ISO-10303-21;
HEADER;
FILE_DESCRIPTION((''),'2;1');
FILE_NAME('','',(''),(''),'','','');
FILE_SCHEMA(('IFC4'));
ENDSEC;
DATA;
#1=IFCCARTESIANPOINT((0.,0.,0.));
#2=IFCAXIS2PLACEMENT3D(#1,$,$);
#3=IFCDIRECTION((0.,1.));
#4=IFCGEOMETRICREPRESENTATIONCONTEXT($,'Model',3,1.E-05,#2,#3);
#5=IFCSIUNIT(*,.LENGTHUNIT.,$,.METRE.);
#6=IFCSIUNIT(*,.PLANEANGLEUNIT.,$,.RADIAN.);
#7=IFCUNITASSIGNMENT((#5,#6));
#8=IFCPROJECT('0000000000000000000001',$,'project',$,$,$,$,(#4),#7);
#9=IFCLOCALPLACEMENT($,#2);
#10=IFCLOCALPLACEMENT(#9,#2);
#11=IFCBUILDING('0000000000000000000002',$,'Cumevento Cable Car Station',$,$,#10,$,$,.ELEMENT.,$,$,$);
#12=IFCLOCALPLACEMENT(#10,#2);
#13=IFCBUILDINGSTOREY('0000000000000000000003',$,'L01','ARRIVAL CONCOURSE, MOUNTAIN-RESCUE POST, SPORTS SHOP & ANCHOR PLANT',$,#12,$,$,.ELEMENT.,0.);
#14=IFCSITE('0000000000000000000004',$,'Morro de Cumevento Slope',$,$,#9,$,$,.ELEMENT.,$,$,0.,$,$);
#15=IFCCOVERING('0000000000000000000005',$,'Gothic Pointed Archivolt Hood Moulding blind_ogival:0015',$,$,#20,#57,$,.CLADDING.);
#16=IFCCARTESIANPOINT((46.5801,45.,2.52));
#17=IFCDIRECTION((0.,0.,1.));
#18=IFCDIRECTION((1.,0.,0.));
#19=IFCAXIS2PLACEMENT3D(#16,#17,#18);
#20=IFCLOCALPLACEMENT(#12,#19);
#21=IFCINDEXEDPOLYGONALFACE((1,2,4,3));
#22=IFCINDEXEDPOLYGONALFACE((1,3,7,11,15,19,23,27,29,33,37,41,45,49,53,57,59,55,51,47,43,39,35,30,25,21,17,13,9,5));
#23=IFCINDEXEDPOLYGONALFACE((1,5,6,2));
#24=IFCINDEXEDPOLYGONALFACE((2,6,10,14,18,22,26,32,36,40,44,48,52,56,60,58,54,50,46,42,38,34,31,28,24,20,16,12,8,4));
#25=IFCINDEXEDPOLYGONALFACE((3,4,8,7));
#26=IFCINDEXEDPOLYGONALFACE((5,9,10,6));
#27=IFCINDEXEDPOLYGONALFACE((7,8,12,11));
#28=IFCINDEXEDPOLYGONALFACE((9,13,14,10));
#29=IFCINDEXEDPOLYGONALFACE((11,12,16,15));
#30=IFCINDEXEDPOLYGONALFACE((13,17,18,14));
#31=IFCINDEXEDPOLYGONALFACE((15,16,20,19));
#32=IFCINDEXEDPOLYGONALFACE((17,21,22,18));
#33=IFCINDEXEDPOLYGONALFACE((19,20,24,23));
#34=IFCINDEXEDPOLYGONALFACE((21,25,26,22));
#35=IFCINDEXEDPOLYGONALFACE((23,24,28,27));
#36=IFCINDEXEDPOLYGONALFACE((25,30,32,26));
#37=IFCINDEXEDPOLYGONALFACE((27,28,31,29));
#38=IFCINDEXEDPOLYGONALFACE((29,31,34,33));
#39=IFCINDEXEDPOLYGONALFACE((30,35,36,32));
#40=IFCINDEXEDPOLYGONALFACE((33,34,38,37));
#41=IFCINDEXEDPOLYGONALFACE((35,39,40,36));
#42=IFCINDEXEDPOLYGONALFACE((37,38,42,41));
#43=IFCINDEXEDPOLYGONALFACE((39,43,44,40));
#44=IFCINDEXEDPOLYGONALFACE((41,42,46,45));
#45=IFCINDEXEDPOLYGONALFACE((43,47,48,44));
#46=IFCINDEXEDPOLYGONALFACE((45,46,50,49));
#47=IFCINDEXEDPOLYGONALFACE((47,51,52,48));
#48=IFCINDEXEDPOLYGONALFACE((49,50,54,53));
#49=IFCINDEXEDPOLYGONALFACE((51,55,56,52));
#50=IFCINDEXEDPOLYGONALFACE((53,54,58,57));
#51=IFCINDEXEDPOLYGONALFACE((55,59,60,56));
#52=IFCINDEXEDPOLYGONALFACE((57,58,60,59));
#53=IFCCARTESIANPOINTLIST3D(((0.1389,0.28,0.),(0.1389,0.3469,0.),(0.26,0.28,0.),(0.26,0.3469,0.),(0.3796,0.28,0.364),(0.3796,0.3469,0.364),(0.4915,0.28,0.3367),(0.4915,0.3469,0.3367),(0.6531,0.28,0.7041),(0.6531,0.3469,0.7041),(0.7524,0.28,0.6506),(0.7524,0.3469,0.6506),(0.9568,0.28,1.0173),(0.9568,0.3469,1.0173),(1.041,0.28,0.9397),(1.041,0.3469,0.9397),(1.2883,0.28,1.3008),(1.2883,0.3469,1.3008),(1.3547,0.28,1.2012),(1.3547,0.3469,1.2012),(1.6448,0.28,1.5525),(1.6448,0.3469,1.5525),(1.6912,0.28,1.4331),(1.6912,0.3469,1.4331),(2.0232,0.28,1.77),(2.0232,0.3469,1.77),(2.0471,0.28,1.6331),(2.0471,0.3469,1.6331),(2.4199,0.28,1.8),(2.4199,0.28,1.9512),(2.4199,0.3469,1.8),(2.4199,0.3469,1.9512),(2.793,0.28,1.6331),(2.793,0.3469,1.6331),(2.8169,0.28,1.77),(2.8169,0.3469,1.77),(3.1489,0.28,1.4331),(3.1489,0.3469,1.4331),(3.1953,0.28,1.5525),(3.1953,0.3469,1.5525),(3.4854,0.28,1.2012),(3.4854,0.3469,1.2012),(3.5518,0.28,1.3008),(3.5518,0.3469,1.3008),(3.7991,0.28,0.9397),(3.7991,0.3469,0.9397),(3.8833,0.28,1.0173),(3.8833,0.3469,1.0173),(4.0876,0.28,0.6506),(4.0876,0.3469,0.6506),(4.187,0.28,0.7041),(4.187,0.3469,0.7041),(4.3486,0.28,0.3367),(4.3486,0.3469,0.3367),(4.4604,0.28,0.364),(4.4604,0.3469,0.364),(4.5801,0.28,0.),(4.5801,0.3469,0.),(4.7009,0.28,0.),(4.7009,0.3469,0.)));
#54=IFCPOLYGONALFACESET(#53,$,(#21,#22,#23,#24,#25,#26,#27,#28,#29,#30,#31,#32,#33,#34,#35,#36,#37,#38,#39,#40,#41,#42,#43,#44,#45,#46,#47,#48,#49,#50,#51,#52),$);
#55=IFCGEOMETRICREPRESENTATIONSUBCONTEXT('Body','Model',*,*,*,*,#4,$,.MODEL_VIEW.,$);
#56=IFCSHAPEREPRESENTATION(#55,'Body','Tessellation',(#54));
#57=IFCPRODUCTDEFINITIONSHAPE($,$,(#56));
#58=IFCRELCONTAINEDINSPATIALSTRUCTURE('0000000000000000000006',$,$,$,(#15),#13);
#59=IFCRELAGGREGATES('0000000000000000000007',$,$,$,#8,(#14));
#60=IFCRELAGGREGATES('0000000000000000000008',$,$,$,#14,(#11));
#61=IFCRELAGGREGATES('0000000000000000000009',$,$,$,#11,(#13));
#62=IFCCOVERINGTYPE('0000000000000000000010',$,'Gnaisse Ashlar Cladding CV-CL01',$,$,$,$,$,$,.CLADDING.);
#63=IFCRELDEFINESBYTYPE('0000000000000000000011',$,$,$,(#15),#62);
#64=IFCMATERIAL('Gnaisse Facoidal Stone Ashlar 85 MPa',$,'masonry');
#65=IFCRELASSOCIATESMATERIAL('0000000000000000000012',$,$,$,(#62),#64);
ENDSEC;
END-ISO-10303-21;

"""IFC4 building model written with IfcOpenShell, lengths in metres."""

from ifc_helpers import new_model, si_unit, direction, frame, origin, place, context, subcontext, project, spatial, polyline, outline, extrude, material, type_object, element, save


model = new_model("IFC4")

# Units and contexts
model_context = context("Model", 3, precision=1e-05, world=origin(), true_north=direction((0.0, 1.0)))
body_context = subcontext(model_context, "Body", "Model", "MODEL_VIEW")
ifc_project = project(units=[si_unit("LENGTHUNIT", "METRE"), si_unit("PLANEANGLEUNIT", "RADIAN")], contexts=[model_context])

# Site, building, storey
site_placement = place(None, origin())
site = spatial("IfcSite", under=ifc_project, at=site_placement, Name="Morro de Cumevento Slope", CompositionType="ELEMENT", RefElevation=0.0)
building_placement = place(site_placement, origin())
building = spatial("IfcBuilding", under=site, at=building_placement, Name="Cumevento Cable Car Station", CompositionType="ELEMENT")
storey_placement = place(building_placement, origin())
storey = spatial("IfcBuildingStorey", under=building, at=storey_placement, Name="L01", Description="ARRIVAL CONCOURSE, MOUNTAIN-RESCUE POST, SPORTS SHOP & ANCHOR PLANT", CompositionType="ELEMENT", Elevation=0.0)

# Covering
ifc_material_1 = material(Name="Gnaisse Facoidal Stone Ashlar 85 MPa", Category="masonry")
covering_type = type_object("IfcCoveringType", Name="Gnaisse Ashlar Cladding CV-CL01", PredefinedType="CLADDING", material=ifc_material_1)
covering_1_placement = place(storey_placement, frame((46.5801, 45.0, 2.52), z_axis=(0.0, 0.0, 1.0), x_axis=(1.0, 0.0, 0.0)))
element("IfcCovering", 1, at=covering_1_placement, inside=storey, type_object=covering_type, Name="Gothic Pointed Archivolt Hood Moulding blind_ogival:0015", PredefinedType="CLADDING", context=body_context, shape_type="SweptSolid", body=[
    extrude(outline(polyline([(0.26, 0.0), (0.4915, 0.3367), (0.7524, 0.6506), (1.041, 0.9397), (1.3547, 1.2012), (1.6912, 1.4331), (2.0471, 1.6331), (2.4199, 1.8), (2.793, 1.6331), (3.1489, 1.4331), (3.4854, 1.2012), (3.7991, 0.9397), (4.0876, 0.6506), (4.3486, 0.3367), (4.5801, 0.0), (4.7009, 0.0), (4.4604, 0.364), (4.187, 0.7041), (3.8833, 1.0173), (3.5518, 1.3008), (3.1953, 1.5525), (2.8169, 1.77), (2.4199, 1.9512), (2.0232, 1.77), (1.6448, 1.5525), (1.2883, 1.3008), (0.9568, 1.0173), (0.6531, 0.7041), (0.3796, 0.364), (0.1389, 0.0), (0.26, 0.0)])), frame((0.0, 0.3469, 0.0), z_axis=(0.0, -1.0, 0.0), x_axis=(1.0, 0.0, 0.0)), (0.0, 0.0, 1.0), 0.0669),
])

save(model, "model.ifc")
